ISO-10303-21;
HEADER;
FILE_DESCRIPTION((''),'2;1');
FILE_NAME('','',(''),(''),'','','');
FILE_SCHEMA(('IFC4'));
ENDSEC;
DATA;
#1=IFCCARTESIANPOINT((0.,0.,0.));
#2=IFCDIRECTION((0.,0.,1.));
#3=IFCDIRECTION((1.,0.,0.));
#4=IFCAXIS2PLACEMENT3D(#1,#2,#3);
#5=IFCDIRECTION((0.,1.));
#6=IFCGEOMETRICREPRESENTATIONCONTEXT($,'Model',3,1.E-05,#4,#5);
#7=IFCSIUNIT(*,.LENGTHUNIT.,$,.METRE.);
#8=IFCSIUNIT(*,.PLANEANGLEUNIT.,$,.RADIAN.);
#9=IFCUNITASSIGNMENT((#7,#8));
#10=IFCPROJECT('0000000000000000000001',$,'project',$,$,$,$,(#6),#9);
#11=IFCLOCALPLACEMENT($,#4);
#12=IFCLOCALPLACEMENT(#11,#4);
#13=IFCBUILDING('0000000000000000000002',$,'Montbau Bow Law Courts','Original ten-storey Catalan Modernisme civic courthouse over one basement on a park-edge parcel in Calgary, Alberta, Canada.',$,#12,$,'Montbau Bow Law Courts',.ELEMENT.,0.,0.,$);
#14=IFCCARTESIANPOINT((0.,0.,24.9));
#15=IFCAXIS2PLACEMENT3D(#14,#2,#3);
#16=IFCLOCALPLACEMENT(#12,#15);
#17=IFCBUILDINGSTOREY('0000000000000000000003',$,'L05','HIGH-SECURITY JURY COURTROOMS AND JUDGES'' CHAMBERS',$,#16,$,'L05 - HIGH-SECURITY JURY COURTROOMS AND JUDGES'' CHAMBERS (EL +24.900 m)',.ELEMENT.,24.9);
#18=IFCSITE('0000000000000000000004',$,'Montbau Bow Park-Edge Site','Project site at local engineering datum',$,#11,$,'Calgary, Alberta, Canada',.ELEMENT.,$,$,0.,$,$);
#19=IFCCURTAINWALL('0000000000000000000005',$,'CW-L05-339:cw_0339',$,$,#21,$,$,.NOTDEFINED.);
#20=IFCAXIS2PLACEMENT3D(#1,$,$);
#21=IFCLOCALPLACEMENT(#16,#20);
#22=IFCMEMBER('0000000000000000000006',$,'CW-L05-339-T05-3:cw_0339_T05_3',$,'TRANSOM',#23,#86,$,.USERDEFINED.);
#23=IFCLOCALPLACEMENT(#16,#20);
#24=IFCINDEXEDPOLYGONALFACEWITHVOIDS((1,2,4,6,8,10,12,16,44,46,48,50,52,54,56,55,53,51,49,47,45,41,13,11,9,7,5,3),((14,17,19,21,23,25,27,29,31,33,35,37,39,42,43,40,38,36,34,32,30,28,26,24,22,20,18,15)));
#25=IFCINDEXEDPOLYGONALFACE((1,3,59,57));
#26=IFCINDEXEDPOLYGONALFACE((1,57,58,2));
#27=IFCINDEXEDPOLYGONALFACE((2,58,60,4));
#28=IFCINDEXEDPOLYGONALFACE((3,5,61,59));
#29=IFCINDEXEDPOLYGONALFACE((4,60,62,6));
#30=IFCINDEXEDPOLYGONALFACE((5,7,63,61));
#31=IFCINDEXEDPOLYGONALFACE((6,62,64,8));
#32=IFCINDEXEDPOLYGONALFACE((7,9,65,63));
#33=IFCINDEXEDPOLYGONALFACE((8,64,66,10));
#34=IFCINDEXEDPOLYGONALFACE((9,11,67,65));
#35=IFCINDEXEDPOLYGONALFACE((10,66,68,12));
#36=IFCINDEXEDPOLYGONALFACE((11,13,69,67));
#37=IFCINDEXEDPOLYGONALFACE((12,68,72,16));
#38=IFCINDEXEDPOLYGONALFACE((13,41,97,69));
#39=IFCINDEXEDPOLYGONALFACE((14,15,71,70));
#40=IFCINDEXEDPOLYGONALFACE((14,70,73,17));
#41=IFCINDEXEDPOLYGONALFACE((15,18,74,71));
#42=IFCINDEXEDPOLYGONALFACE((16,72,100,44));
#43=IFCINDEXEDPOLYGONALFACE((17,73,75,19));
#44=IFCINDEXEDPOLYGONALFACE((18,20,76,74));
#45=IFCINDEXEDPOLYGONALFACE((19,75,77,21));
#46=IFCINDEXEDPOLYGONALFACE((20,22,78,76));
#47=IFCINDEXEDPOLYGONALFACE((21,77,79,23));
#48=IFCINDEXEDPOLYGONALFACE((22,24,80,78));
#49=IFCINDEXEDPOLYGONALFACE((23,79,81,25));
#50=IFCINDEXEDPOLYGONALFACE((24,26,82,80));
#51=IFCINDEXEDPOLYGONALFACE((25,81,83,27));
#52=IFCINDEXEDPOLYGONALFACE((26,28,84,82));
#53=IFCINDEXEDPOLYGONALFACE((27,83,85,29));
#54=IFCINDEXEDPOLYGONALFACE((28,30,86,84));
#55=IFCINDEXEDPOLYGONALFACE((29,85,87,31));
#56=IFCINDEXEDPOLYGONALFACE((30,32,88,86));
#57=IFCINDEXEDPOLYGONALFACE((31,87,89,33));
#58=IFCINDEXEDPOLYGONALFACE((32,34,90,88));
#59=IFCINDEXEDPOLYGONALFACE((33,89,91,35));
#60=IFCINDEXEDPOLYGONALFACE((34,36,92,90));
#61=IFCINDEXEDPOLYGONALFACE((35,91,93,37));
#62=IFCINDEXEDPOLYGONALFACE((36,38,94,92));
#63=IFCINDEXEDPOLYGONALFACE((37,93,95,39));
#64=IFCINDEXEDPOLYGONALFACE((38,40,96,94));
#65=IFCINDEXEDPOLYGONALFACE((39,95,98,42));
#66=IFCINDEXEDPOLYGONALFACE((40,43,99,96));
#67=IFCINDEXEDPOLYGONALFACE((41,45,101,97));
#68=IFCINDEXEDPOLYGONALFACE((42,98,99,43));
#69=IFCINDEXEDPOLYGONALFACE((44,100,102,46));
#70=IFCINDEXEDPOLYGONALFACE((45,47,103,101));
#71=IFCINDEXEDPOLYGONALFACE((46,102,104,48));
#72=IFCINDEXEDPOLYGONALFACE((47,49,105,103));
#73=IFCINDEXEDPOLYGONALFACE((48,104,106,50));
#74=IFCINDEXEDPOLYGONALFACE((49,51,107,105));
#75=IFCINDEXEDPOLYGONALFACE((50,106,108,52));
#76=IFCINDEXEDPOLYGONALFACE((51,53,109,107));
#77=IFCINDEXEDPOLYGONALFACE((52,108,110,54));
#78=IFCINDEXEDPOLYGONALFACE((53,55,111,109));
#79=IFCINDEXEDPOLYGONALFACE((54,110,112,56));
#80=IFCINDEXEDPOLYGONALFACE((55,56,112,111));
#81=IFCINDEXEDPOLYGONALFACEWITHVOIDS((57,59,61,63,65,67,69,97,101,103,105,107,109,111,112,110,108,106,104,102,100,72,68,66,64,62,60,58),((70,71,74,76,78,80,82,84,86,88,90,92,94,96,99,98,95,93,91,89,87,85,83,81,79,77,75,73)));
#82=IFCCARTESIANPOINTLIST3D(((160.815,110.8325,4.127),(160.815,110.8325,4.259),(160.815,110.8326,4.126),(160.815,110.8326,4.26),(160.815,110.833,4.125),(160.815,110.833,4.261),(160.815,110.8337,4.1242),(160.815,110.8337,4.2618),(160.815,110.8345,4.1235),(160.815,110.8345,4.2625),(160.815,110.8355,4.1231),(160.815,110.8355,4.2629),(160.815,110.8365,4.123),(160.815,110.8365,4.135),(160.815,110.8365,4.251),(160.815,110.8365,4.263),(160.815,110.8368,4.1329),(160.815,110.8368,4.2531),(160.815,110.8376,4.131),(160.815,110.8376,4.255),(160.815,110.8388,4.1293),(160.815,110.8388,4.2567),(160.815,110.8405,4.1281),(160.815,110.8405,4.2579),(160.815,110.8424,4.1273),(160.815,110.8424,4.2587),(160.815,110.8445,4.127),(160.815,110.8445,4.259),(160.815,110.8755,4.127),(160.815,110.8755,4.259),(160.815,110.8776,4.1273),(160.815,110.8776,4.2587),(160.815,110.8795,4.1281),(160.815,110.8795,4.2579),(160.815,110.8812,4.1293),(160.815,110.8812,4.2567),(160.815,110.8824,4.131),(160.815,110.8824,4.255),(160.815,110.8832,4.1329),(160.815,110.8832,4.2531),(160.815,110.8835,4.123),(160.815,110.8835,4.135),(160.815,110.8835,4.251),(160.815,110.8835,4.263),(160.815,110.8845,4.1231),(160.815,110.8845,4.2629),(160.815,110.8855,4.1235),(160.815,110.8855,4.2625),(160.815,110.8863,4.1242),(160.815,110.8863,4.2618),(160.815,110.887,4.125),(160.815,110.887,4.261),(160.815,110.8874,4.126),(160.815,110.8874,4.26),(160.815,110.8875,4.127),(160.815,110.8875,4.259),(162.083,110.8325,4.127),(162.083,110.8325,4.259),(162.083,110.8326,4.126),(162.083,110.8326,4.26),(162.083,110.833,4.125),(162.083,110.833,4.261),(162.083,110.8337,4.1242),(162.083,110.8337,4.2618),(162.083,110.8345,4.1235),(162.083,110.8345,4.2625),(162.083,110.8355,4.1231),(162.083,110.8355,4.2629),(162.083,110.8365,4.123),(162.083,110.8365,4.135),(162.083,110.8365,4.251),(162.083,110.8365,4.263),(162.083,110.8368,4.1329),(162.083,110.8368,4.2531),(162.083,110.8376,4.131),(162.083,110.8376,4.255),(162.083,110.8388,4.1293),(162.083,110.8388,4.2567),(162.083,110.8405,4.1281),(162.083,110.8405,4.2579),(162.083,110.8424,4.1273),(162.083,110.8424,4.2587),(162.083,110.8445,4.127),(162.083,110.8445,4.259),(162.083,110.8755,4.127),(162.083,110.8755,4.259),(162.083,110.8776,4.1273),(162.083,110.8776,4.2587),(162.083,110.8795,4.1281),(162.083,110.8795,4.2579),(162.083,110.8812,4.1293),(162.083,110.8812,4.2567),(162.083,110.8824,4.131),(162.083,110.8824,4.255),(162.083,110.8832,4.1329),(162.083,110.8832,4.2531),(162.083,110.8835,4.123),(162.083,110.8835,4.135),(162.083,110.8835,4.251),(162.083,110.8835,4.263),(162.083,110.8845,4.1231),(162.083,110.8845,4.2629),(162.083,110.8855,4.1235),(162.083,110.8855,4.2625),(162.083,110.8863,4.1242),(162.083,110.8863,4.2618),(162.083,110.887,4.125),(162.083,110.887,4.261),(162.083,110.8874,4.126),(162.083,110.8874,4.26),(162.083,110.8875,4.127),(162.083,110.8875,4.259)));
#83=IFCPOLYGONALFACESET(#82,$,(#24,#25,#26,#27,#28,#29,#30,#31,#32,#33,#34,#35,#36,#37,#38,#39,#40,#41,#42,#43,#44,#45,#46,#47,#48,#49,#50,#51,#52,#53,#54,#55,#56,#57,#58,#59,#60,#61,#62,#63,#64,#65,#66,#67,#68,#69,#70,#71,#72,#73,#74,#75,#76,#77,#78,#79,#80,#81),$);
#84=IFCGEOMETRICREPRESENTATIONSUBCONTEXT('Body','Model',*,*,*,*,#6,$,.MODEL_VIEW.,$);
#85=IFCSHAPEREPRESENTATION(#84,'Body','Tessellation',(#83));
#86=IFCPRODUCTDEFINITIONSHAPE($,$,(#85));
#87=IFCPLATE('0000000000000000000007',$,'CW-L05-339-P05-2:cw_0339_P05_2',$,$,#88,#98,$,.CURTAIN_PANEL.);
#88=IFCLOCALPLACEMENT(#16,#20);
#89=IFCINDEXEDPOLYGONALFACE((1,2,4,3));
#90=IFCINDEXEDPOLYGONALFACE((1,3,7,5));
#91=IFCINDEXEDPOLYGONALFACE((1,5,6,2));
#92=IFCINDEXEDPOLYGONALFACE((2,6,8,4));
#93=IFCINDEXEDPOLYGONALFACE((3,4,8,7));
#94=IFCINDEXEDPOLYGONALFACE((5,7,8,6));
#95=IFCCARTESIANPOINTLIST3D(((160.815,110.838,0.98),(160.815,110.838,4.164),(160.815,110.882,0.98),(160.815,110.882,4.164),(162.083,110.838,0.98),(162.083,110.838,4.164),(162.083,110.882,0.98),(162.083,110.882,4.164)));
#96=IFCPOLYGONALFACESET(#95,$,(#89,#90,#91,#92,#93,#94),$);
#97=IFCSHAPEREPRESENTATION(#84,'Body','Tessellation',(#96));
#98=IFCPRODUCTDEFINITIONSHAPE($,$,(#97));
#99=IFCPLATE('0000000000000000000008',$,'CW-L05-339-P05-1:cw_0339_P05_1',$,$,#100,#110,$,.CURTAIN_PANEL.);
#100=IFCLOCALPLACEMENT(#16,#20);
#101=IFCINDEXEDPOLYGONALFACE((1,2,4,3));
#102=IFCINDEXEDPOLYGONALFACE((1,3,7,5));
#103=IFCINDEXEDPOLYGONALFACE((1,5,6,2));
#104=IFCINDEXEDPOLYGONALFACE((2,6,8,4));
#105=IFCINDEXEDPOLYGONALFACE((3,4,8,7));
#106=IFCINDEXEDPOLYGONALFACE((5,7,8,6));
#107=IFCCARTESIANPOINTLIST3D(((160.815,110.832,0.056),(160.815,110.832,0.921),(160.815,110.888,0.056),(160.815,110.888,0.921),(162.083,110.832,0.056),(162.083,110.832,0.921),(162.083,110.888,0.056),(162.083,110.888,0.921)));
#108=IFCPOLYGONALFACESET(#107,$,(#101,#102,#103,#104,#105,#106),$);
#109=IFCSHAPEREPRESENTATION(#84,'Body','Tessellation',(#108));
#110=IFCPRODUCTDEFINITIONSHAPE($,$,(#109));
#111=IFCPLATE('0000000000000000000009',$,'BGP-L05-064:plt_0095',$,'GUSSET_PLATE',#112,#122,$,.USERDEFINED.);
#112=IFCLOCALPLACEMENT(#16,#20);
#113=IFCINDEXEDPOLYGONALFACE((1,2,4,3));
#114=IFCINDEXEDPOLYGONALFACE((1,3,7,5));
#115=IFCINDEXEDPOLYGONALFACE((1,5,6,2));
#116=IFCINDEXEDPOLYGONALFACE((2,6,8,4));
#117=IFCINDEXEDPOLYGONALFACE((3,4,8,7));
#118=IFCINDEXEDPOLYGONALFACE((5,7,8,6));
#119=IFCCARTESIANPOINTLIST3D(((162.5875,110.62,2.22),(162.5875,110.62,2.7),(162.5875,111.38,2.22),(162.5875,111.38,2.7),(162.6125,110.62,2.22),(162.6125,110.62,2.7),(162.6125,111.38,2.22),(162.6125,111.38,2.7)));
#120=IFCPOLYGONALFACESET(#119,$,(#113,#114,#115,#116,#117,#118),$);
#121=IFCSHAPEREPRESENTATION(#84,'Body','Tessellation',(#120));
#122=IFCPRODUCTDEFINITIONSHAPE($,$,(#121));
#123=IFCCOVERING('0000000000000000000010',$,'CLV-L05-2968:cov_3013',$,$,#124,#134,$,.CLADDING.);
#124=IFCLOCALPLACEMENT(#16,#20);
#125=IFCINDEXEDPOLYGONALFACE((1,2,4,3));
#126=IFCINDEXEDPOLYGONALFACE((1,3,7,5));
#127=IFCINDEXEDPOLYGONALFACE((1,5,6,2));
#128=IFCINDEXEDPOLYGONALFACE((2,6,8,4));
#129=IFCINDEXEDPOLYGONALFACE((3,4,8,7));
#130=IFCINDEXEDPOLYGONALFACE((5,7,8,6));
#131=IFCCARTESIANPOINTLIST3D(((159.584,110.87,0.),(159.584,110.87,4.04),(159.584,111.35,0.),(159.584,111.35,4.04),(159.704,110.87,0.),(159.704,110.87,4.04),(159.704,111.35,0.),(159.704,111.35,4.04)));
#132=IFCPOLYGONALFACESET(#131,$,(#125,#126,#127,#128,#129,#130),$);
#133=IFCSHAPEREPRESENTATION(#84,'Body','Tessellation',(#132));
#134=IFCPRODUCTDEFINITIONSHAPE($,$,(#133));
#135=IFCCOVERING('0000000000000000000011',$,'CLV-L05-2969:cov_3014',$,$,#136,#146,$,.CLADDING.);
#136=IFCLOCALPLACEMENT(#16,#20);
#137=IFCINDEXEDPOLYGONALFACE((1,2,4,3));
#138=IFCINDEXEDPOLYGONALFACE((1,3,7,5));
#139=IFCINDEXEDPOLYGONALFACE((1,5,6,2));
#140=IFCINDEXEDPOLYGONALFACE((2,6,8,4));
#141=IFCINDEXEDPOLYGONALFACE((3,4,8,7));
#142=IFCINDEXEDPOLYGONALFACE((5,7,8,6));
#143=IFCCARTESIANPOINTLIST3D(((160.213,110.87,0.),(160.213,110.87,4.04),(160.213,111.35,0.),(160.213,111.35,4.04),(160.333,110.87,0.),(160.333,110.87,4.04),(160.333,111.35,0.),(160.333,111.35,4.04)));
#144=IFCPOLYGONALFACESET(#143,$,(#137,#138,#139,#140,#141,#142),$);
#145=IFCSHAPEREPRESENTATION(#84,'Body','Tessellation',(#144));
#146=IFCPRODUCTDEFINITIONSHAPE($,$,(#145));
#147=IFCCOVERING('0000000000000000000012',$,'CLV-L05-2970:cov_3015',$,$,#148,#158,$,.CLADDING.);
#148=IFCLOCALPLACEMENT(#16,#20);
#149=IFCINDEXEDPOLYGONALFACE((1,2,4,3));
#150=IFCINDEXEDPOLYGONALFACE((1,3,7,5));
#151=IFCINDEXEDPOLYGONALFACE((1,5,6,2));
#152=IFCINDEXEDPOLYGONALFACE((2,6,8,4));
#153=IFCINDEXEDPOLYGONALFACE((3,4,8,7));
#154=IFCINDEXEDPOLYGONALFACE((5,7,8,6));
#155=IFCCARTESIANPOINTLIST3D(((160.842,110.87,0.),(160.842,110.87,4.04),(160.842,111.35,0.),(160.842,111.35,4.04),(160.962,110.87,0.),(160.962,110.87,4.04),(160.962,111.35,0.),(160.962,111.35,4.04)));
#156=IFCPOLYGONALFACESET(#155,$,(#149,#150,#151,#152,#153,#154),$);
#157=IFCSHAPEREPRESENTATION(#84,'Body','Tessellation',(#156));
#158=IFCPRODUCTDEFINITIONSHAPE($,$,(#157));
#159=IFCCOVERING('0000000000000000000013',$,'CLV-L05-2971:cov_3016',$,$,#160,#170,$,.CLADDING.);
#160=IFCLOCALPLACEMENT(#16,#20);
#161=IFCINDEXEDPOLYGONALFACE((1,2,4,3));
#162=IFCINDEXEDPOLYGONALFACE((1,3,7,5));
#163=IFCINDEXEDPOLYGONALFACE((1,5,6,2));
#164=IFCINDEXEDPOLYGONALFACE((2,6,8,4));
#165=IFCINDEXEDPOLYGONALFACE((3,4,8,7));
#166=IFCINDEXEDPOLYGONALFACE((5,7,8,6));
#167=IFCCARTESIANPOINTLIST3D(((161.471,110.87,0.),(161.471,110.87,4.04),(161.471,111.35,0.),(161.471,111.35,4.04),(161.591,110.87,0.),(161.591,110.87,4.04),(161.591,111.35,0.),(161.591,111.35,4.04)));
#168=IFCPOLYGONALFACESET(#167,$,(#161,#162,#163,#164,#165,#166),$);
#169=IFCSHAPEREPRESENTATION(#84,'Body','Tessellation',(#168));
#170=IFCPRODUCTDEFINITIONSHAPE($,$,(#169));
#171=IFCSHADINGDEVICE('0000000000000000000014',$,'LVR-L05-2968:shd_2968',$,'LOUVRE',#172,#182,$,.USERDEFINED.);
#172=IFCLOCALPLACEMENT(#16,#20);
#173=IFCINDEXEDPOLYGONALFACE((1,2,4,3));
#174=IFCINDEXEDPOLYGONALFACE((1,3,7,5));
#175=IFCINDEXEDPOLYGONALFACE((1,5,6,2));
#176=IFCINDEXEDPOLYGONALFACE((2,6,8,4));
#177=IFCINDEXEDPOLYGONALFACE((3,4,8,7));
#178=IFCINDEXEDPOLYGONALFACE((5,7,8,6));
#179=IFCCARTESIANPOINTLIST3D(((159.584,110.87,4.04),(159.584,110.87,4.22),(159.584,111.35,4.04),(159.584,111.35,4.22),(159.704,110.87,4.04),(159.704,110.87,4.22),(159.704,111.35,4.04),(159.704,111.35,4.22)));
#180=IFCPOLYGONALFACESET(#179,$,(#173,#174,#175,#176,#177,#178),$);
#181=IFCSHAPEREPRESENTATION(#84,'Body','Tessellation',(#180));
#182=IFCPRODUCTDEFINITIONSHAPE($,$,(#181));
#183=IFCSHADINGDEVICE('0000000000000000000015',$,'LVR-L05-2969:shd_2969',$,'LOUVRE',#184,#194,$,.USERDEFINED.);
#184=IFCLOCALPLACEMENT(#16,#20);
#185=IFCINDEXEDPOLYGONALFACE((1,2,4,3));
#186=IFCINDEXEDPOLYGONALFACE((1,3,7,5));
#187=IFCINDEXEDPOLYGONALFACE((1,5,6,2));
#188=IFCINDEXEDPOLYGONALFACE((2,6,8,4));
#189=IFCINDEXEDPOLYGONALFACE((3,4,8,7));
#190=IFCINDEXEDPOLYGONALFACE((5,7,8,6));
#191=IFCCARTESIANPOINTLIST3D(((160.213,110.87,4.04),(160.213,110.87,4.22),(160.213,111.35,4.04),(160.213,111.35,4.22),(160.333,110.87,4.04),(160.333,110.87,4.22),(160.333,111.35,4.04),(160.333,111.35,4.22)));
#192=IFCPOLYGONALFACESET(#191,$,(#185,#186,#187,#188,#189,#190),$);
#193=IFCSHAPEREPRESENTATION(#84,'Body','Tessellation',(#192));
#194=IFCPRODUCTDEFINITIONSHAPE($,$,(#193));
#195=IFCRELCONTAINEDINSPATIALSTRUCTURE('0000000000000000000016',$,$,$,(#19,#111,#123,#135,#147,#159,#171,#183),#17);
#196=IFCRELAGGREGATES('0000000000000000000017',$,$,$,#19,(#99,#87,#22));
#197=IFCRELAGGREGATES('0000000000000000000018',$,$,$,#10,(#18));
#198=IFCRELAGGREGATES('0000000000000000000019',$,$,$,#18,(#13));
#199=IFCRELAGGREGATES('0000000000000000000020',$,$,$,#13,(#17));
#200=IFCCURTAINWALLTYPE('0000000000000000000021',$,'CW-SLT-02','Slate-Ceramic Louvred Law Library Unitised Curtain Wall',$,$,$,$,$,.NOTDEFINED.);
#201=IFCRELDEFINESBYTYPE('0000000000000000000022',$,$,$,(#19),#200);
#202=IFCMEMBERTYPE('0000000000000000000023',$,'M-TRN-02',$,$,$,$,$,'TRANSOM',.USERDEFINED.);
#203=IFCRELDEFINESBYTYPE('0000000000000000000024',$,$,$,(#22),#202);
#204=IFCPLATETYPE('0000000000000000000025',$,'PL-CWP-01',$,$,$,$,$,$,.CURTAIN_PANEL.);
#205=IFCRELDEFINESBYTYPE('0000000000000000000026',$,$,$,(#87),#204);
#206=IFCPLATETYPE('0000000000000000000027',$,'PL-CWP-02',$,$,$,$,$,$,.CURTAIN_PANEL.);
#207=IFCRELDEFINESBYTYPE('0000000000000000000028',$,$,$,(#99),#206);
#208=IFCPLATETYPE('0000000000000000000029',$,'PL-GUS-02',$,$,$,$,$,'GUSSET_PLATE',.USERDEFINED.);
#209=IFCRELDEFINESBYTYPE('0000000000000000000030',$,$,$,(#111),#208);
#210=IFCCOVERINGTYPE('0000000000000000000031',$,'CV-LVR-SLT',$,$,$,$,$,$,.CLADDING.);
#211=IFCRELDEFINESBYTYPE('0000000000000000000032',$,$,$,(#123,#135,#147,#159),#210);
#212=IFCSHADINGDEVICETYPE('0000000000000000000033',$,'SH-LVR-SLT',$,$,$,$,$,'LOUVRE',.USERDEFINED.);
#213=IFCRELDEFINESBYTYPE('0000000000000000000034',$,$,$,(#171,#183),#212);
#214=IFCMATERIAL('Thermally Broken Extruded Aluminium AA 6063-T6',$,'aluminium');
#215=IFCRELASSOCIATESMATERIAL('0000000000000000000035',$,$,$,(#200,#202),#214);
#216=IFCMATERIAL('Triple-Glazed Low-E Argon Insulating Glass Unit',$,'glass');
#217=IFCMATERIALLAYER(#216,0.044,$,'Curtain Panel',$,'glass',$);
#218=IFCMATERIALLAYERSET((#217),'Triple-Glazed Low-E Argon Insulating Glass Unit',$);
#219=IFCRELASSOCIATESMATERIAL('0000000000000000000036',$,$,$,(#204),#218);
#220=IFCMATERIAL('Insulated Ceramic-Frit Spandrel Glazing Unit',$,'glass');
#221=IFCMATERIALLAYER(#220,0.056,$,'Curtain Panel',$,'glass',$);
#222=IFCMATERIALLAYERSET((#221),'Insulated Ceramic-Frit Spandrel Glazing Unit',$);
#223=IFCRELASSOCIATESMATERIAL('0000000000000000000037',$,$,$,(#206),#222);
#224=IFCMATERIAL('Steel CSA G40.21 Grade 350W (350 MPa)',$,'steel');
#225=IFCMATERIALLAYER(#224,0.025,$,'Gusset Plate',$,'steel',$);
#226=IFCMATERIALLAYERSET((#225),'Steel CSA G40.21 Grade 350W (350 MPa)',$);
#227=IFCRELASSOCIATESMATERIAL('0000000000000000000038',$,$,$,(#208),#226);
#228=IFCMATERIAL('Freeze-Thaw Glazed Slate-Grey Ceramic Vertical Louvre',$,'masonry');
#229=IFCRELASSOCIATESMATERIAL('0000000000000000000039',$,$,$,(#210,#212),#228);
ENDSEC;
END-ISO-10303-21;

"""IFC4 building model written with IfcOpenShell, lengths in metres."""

from ifc_helpers import new_model, si_unit, direction, frame, frame_2d, origin_with_axes, origin_2d_with_axis, place, context, subcontext, project, spatial, rectangle, hollow_rectangle, extrude, material, layer, layer_set, material_profile, profile_set, type_object, element, aggregate, save


model = new_model("IFC4")

# Units and contexts
model_context = context("Model", 3, precision=1e-05, world=origin_with_axes(), true_north=direction((0.0, 1.0)))
body_context = subcontext(model_context, "Body", "Model", "MODEL_VIEW")
ifc_project = project(units=[si_unit("LENGTHUNIT", "METRE"), si_unit("PLANEANGLEUNIT", "RADIAN")], contexts=[model_context])

# Site, building, storey
site_placement = place(None, origin_with_axes())
site = spatial("IfcSite", under=ifc_project, at=site_placement, Name="Montbau Bow Park-Edge Site", Description="Project site at local engineering datum", LongName="Calgary, Alberta, Canada", CompositionType="ELEMENT", RefElevation=0.0)
building_placement = place(site_placement, origin_with_axes())
building = spatial("IfcBuilding", under=site, at=building_placement, Name="Montbau Bow Law Courts", Description="Original ten-storey Catalan Modernisme civic courthouse over one basement on a park-edge parcel in Calgary, Alberta, Canada.", LongName="Montbau Bow Law Courts", CompositionType="ELEMENT", ElevationOfRefHeight=0.0, ElevationOfTerrain=0.0)
storey_placement = place(building_placement, frame((0.0, 0.0, 24.9), z_axis=(0.0, 0.0, 1.0), x_axis=(1.0, 0.0, 0.0)))
storey = spatial("IfcBuildingStorey", under=building, at=storey_placement, Name="L05", Description="HIGH-SECURITY JURY COURTROOMS AND JUDGES' CHAMBERS", LongName="L05 - HIGH-SECURITY JURY COURTROOMS AND JUDGES' CHAMBERS (EL +24.900 m)", CompositionType="ELEMENT", Elevation=24.9)

# Curtain wall, member, plates
ifc_material_1 = material(Name="Thermally Broken Extruded Aluminium AA 6063-T6", Category="aluminium")
curtain_wall_type = type_object("IfcCurtainWallType", Name="CW-SLT-02", Description="Slate-Ceramic Louvred Law Library Unitised Curtain Wall", PredefinedType="NOTDEFINED", material=ifc_material_1)
curtain_wall_placement = place(None, frame((155.24, 110.86, 24.9), z_axis=(0.0, 0.0, 1.0), x_axis=(1.0, 0.0, 0.0)))
curtain_wall = element("IfcCurtainWall", 1, at=curtain_wall_placement, inside=storey, type_object=curtain_wall_type, Name="CW-L05-339:cw_0339", PredefinedType="NOTDEFINED")
ifc_material_profile_1 = material_profile(ifc_material_1, hollow_rectangle(XDim=0.055, YDim=0.14, WallThickness=0.004, InnerFilletRadius=0.008, OuterFilletRadius=0.004, at=origin_2d_with_axis()), Name="CWT-140X55", Category="Main", Priority=0)
ifc_profile_set_1 = profile_set([ifc_material_profile_1], Name="Thermally Broken Extruded Aluminium AA 6063-T6")
member_type_1 = type_object("IfcMemberType", Name="M-TRN-02", ElementType="TRANSOM", PredefinedType="USERDEFINED", material=ifc_profile_set_1)
member_1_placement = place(None, frame((160.815, 110.86, 29.093), z_axis=(1.0, 0.0, 0.0), x_axis=(0.0, 1.0, 0.0)))
member_1 = element("IfcMember", 2, at=member_1_placement, type_object=member_type_1, Name="CW-L05-339-T05-3:cw_0339_T05_3", ObjectType="TRANSOM", PredefinedType="USERDEFINED", context=body_context, shape_type="SweptSolid", body=[
    extrude(hollow_rectangle(XDim=0.055, YDim=0.14, WallThickness=0.004, InnerFilletRadius=0.008, OuterFilletRadius=0.004, at=origin_2d_with_axis()), origin_with_axes(), (0.0, 0.0, 1.0), 1.268),
])
ifc_material_2 = material(Name="Triple-Glazed Low-E Argon Insulating Glass Unit", Category="glass")
ifc_layer_1 = layer(ifc_material_2, 0.044, Name="Curtain Panel", Category="glass")
ifc_layer_set_1 = layer_set([ifc_layer_1], Name="Triple-Glazed Low-E Argon Insulating Glass Unit")
plate_type_1 = type_object("IfcPlateType", Name="PL-CWP-01", PredefinedType="CURTAIN_PANEL", material=ifc_layer_set_1)
plate_1_placement = place(None, frame((160.815, 110.86, 25.88), z_axis=(0.0, -1.0, 0.0), x_axis=(1.0, 0.0, 0.0)))
plate_1 = element("IfcPlate", 3, at=plate_1_placement, type_object=plate_type_1, Name="CW-L05-339-P05-2:cw_0339_P05_2", PredefinedType="CURTAIN_PANEL", context=body_context, shape_type="SweptSolid", body=[
    extrude(rectangle(XDim=1.268, YDim=3.184, at=frame_2d((0.634, 1.592), x_axis=(1.0, 0.0))), frame((0.0, 0.0, -0.022), z_axis=(0.0, 0.0, 1.0), x_axis=(1.0, 0.0, 0.0)), (0.0, 0.0, 1.0), 0.044),
])
ifc_material_3 = material(Name="Insulated Ceramic-Frit Spandrel Glazing Unit", Category="glass")
ifc_layer_2 = layer(ifc_material_3, 0.056, Name="Curtain Panel", Category="glass")
ifc_layer_set_2 = layer_set([ifc_layer_2], Name="Insulated Ceramic-Frit Spandrel Glazing Unit")
plate_type_2 = type_object("IfcPlateType", Name="PL-CWP-02", PredefinedType="CURTAIN_PANEL", material=ifc_layer_set_2)
plate_2_placement = place(None, frame((160.815, 110.86, 24.956), z_axis=(0.0, -1.0, 0.0), x_axis=(1.0, 0.0, 0.0)))
plate_2 = element("IfcPlate", 4, at=plate_2_placement, type_object=plate_type_2, Name="CW-L05-339-P05-1:cw_0339_P05_1", PredefinedType="CURTAIN_PANEL", context=body_context, shape_type="SweptSolid", body=[
    extrude(rectangle(XDim=1.268, YDim=0.865, at=frame_2d((0.634, 0.4325), x_axis=(1.0, 0.0))), frame((0.0, 0.0, -0.028), z_axis=(0.0, 0.0, 1.0), x_axis=(1.0, 0.0, 0.0)), (0.0, 0.0, 1.0), 0.056),
])
aggregate(curtain_wall, [plate_2, plate_1, member_1])

# Plate
ifc_material_4 = material(Name="Steel CSA G40.21 Grade 350W (350 MPa)", Category="steel")
ifc_layer_3 = layer(ifc_material_4, 0.025, Name="Gusset Plate", Category="steel")
ifc_layer_set_3 = layer_set([ifc_layer_3], Name="Steel CSA G40.21 Grade 350W (350 MPa)")
plate_type_3 = type_object("IfcPlateType", Name="PL-GUS-02", ElementType="GUSSET_PLATE", PredefinedType="USERDEFINED", material=ifc_layer_set_3)
plate_3_placement = place(None, frame((162.6, 111.0, 27.12), z_axis=(0.0, 0.0, 1.0), x_axis=(0.0, 1.0, 0.0)))
element("IfcPlate", 5, at=plate_3_placement, inside=storey, type_object=plate_type_3, Name="BGP-L05-064:plt_0095", ObjectType="GUSSET_PLATE", PredefinedType="USERDEFINED", context=body_context, shape_type="SweptSolid", body=[
    extrude(rectangle(XDim=0.76, YDim=0.025, at=origin_2d_with_axis()), origin_with_axes(), (0.0, 0.0, 1.0), 0.48),
])

# Coverings
ifc_material_5 = material(Name="Freeze-Thaw Glazed Slate-Grey Ceramic Vertical Louvre", Category="masonry")
covering_type = type_object("IfcCoveringType", Name="CV-LVR-SLT", PredefinedType="CLADDING", material=ifc_material_5)
for number, where, z_axis, x_axis, name in (
    (6, (159.644, 110.87, 24.9), (1.0, 0.0, 0.0), (0.0, 1.0, 0.0), "CLV-L05-2968:cov_3013"),
    (7, (160.273, 110.87, 24.9), (1.0, 0.0, 0.0), (0.0, 1.0, 0.0), "CLV-L05-2969:cov_3014"),
    (8, (160.902, 110.87, 24.9), (1.0, 0.0, 0.0), (0.0, 1.0, 0.0), "CLV-L05-2970:cov_3015"),
    (9, (161.531, 110.87, 24.9), (1.0, 0.0, 0.0), (0.0, 1.0, 0.0), "CLV-L05-2971:cov_3016"),
):
    element("IfcCovering", number, at=place(None, frame(where, z_axis=z_axis, x_axis=x_axis)), inside=storey, type_object=covering_type, Name=name, PredefinedType="CLADDING", context=body_context, shape_type="SweptSolid", body=[
        extrude(rectangle(XDim=0.48, YDim=4.04, at=frame_2d((0.24, 2.02), x_axis=(1.0, 0.0))), frame((0.0, 0.0, -0.06), z_axis=(0.0, 0.0, 1.0), x_axis=(1.0, 0.0, 0.0)), (0.0, 0.0, 1.0), 0.12),
    ])

# Shading devices
shading_device_type = type_object("IfcShadingDeviceType", Name="SH-LVR-SLT", ElementType="LOUVRE", PredefinedType="USERDEFINED", material=ifc_material_5)
for number, where, z_axis, x_axis, name in (
    (10, (159.644, 111.11, 28.94), (0.0, 0.0, 1.0), (0.0, 1.0, 0.0), "LVR-L05-2968:shd_2968"),
    (11, (160.273, 111.11, 28.94), (0.0, 0.0, 1.0), (0.0, 1.0, 0.0), "LVR-L05-2969:shd_2969"),
):
    element("IfcShadingDevice", number, at=place(None, frame(where, z_axis=z_axis, x_axis=x_axis)), inside=storey, type_object=shading_device_type, Name=name, ObjectType="LOUVRE", PredefinedType="USERDEFINED", context=body_context, shape_type="SweptSolid", body=[
        extrude(rectangle(XDim=0.48, YDim=0.12, at=origin_2d_with_axis()), origin_with_axes(), (0.0, 0.0, 1.0), 0.18),
    ])

save(model, "model.ifc")
